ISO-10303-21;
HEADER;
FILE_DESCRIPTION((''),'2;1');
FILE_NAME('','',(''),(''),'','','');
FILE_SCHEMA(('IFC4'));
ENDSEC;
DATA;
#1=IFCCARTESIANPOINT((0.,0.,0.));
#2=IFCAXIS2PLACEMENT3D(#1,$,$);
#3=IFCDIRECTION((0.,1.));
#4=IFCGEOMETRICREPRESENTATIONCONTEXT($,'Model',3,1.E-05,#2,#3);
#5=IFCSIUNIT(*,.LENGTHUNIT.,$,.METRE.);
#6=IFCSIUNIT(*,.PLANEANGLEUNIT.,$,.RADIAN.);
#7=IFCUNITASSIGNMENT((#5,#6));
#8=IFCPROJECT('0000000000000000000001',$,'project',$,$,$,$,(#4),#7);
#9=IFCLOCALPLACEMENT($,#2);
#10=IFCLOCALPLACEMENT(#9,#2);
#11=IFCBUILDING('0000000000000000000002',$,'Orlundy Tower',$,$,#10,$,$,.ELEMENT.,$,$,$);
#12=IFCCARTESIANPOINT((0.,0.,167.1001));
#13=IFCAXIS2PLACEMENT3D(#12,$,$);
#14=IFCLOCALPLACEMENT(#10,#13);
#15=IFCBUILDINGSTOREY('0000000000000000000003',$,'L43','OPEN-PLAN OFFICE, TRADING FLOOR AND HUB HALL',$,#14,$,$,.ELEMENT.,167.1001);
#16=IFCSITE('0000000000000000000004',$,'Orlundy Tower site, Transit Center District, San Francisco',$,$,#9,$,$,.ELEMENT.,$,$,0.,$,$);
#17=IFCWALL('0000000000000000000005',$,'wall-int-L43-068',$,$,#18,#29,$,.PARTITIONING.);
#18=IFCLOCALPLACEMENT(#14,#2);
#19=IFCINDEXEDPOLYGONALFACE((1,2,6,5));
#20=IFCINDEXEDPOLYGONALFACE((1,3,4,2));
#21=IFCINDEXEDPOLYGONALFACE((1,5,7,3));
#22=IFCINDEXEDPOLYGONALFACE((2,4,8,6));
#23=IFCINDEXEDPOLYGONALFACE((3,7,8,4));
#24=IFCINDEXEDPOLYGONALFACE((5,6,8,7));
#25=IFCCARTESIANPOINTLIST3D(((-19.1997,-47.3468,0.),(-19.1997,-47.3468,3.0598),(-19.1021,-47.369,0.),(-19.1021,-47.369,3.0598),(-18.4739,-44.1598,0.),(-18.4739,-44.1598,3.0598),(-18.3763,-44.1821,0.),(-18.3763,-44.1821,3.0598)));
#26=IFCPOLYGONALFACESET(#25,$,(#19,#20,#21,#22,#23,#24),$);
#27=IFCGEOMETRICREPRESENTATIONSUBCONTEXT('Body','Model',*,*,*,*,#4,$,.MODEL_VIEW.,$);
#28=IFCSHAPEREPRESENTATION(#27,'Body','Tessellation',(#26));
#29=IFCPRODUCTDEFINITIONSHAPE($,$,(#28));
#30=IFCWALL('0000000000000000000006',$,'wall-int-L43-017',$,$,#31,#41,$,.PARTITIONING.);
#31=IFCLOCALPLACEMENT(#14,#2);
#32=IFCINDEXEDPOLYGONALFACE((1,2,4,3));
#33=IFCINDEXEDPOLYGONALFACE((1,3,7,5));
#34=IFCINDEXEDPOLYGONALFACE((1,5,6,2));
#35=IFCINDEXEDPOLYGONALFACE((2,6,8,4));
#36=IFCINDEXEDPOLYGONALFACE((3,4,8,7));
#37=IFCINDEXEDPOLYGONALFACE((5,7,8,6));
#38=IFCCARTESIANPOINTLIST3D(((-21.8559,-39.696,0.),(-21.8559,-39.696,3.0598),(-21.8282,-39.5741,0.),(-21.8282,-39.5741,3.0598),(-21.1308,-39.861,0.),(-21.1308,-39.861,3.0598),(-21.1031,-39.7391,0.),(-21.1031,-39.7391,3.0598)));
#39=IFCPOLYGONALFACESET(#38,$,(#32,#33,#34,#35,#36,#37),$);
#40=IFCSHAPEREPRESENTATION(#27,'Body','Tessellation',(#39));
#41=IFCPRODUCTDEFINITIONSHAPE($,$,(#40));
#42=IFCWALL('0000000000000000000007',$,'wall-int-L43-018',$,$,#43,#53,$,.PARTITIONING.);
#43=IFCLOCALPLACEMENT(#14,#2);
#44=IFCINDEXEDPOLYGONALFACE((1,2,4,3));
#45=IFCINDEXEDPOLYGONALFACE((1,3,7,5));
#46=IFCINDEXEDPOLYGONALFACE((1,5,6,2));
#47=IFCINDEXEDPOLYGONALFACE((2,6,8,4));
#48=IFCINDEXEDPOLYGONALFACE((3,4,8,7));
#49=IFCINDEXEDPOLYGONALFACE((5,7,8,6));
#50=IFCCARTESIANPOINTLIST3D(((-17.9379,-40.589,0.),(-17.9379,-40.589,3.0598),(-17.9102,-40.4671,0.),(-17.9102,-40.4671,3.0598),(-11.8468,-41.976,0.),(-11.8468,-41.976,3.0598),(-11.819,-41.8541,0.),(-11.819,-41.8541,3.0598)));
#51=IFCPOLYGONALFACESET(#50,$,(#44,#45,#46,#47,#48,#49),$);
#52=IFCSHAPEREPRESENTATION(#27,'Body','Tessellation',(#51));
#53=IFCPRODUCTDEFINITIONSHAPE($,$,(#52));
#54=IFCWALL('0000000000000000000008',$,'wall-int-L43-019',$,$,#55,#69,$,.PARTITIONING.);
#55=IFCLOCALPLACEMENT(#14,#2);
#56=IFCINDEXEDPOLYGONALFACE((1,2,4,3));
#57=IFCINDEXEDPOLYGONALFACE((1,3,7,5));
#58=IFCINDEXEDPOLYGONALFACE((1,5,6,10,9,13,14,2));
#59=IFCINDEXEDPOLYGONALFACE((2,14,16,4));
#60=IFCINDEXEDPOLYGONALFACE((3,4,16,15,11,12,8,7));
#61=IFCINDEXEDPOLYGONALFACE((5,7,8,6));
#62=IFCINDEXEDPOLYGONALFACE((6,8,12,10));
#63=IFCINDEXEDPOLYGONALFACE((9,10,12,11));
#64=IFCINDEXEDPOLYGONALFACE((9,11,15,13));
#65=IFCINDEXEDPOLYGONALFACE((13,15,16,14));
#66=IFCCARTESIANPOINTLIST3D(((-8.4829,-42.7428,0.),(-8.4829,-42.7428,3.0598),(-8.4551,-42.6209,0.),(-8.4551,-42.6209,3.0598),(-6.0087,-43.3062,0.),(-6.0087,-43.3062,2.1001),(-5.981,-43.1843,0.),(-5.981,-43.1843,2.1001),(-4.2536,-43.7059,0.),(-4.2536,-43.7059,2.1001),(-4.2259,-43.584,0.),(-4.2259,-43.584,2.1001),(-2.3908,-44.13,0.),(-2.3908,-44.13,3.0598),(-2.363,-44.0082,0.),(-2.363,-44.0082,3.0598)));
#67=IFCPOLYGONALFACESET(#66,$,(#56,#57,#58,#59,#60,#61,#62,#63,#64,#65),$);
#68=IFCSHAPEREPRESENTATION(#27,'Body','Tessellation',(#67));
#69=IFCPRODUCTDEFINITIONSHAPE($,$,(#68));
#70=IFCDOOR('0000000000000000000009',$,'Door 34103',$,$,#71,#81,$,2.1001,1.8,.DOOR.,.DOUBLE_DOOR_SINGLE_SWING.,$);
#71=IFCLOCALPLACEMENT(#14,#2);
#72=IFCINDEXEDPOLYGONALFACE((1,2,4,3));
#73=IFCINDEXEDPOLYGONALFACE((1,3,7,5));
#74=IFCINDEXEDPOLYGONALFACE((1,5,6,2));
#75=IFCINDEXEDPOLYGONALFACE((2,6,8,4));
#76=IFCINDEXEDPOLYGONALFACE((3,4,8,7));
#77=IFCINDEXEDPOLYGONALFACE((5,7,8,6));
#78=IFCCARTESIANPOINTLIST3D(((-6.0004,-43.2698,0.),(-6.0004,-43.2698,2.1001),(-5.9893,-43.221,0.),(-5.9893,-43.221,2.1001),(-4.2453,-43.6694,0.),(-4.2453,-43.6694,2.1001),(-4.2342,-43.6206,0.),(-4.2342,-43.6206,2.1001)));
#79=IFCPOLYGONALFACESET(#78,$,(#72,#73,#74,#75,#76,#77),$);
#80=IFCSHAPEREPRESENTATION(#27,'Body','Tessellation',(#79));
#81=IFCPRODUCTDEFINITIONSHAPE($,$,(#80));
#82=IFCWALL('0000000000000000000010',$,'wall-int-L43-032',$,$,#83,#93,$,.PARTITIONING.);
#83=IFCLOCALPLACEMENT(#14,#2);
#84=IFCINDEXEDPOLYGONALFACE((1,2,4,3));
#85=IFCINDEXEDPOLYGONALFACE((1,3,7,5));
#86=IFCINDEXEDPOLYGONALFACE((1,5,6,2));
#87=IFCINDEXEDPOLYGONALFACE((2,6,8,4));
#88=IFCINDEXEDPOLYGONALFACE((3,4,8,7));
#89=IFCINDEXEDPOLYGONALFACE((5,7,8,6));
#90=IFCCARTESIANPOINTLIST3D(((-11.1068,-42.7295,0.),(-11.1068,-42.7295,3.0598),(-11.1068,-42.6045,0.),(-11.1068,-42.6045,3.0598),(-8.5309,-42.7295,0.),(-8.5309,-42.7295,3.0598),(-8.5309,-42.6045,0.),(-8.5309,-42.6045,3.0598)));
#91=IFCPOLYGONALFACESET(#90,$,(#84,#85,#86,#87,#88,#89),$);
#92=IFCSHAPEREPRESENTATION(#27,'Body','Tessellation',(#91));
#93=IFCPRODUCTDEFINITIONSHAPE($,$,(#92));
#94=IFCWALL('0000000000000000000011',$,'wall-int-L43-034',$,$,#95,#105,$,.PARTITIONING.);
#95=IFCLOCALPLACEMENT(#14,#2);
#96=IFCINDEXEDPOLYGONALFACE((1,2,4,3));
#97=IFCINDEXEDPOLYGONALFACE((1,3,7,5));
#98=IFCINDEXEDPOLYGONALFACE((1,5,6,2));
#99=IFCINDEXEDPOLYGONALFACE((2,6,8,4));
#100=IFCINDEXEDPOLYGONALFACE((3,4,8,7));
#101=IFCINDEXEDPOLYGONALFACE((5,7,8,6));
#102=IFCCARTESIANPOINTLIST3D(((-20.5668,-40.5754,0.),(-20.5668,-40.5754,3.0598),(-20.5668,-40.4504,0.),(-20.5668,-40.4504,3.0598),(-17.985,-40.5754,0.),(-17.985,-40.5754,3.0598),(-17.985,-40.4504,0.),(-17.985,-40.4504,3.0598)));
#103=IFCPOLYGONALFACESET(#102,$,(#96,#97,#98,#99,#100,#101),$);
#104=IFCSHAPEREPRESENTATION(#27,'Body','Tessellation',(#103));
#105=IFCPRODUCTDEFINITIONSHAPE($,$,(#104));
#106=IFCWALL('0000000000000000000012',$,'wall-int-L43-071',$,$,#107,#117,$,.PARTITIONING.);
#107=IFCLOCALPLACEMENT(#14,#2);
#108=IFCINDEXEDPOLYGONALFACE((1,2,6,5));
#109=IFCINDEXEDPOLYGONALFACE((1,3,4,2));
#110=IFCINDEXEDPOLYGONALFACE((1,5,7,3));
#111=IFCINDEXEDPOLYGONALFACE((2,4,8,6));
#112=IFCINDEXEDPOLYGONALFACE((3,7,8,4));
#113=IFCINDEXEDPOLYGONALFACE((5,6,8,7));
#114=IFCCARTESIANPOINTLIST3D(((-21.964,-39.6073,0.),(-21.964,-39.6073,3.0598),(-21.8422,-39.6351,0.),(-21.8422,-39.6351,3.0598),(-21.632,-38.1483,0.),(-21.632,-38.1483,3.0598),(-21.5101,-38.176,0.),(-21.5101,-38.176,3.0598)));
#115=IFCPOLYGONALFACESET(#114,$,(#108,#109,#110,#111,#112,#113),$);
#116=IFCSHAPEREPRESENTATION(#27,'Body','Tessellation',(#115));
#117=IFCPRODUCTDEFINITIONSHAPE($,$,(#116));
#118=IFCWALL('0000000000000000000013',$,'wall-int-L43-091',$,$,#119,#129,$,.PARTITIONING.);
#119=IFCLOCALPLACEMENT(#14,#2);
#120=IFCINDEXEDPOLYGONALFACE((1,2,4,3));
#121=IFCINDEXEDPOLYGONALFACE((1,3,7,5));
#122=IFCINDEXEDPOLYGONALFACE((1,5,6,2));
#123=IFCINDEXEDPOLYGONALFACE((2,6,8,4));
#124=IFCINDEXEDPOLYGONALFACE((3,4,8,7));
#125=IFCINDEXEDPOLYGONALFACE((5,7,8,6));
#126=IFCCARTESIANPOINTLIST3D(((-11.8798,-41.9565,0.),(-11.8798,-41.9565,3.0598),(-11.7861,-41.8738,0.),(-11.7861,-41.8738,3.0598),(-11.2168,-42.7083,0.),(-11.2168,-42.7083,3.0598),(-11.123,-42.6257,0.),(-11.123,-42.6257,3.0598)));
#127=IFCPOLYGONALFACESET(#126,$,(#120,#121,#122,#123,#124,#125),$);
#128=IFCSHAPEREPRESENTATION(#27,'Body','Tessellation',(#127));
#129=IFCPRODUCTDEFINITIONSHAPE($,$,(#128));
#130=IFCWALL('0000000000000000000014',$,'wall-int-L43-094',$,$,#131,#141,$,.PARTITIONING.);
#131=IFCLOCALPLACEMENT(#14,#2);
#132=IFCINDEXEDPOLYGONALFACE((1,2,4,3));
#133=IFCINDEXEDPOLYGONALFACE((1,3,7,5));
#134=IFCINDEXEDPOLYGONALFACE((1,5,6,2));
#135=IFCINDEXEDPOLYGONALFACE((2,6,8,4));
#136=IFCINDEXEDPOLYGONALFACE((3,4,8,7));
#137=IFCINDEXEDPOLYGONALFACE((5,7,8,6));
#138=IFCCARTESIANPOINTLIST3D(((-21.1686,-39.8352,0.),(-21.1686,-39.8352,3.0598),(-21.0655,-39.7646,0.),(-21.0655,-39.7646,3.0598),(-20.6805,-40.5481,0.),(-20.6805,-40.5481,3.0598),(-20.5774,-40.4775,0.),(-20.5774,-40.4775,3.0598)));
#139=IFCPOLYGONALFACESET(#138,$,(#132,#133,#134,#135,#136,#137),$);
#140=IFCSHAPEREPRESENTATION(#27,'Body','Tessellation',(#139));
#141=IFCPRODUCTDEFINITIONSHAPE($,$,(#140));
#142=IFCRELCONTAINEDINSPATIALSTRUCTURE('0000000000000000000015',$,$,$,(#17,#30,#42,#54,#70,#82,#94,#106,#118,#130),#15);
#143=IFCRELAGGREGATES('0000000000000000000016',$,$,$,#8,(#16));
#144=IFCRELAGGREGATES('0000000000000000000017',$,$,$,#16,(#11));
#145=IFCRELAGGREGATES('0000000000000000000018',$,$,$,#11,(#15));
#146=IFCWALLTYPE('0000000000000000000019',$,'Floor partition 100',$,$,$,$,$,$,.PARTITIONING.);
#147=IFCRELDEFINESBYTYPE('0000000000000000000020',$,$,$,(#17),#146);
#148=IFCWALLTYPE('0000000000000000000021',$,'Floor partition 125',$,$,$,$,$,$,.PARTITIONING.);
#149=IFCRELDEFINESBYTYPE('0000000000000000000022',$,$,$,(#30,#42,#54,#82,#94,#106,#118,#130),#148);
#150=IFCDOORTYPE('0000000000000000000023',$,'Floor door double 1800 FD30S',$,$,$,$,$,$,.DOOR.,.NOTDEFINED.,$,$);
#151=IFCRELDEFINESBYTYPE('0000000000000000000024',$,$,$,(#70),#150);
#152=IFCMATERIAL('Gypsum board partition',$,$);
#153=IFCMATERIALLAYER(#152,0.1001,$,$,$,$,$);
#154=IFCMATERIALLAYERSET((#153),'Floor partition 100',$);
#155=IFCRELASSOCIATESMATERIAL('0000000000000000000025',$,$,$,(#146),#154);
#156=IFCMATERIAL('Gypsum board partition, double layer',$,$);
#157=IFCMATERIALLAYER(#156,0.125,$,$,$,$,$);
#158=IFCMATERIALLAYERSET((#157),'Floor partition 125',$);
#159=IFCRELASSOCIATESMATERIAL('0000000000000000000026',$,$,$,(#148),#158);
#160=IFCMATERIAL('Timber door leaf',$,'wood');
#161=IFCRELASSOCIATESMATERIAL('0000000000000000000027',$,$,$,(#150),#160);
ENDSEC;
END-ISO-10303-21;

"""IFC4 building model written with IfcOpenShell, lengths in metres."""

from ifc_helpers import new_model, si_unit, direction, frame, frame_2d, origin, place, context, subcontext, project, spatial, rectangle, extrude, material, layer, layer_set, type_object, element, fill, save


model = new_model("IFC4")

# Units and contexts
model_context = context("Model", 3, precision=1e-05, world=origin(), true_north=direction((0.0, 1.0)))
body_context = subcontext(model_context, "Body", "Model", "MODEL_VIEW")
ifc_project = project(units=[si_unit("LENGTHUNIT", "METRE"), si_unit("PLANEANGLEUNIT", "RADIAN")], contexts=[model_context])

# Site, building, storey
site_placement = place(None, origin())
site = spatial("IfcSite", under=ifc_project, at=site_placement, Name="Orlundy Tower site, Transit Center District, San Francisco", CompositionType="ELEMENT", RefElevation=0.0)
building_placement = place(site_placement, origin())
building = spatial("IfcBuilding", under=site, at=building_placement, Name="Orlundy Tower", CompositionType="ELEMENT")
storey_placement = place(building_placement, frame((0.0, 0.0, 167.1001)))
storey = spatial("IfcBuildingStorey", under=building, at=storey_placement, Name="L43", Description="OPEN-PLAN OFFICE, TRADING FLOOR AND HUB HALL", CompositionType="ELEMENT", Elevation=167.1001)

# Walls
ifc_material_1 = material(Name="Gypsum board partition")
ifc_layer_1 = layer(ifc_material_1, 0.1001)
ifc_layer_set_1 = layer_set([ifc_layer_1], Name="Floor partition 100")
wall_type_1 = type_object("IfcWallType", Name="Floor partition 100", PredefinedType="PARTITIONING", material=ifc_layer_set_1)
wall_1_placement = place(storey_placement, frame((-19.1509, -47.3579, 0.0), z_axis=(0.0, 0.0, 1.0), x_axis=(0.22206, 0.975033, 0.0)))
element("IfcWall", 1, at=wall_1_placement, inside=storey, type_object=wall_type_1, Name="wall-int-L43-068", PredefinedType="PARTITIONING", context=body_context, shape_type="SweptSolid", body=[
    extrude(rectangle(XDim=3.2686, YDim=0.1001, at=frame_2d((1.6343, 0.0))), origin(), (0.0, 0.0, 1.0), 3.0598),
])
ifc_material_2 = material(Name="Gypsum board partition, double layer")
ifc_layer_2 = layer(ifc_material_2, 0.125)
ifc_layer_set_2 = layer_set([ifc_layer_2], Name="Floor partition 125")
wall_type_2 = type_object("IfcWallType", Name="Floor partition 125", PredefinedType="PARTITIONING", material=ifc_layer_set_2)
wall_2_placement = place(storey_placement, frame((-21.842, -39.635, 0.0), z_axis=(0.0, 0.0, 1.0), x_axis=(0.975062, -0.221933, 0.0)))
element("IfcWall", 2, at=wall_2_placement, inside=storey, type_object=wall_type_2, Name="wall-int-L43-017", PredefinedType="PARTITIONING", context=body_context, shape_type="SweptSolid", body=[
    extrude(rectangle(XDim=0.7437, YDim=0.125, at=frame_2d((0.3718, 0.0))), origin(), (0.0, 0.0, 1.0), 3.0598),
])
wall_3_placement = place(storey_placement, frame((-17.9241, -40.5281, 0.0), z_axis=(0.0, 0.0, 1.0), x_axis=(0.975042, -0.222021, 0.0)))
element("IfcWall", 3, at=wall_3_placement, inside=storey, type_object=wall_type_2, Name="wall-int-L43-018", PredefinedType="PARTITIONING", context=body_context, shape_type="SweptSolid", body=[
    extrude(rectangle(XDim=6.2471, YDim=0.125, at=frame_2d((3.1235, 0.0))), origin(), (0.0, 0.0, 1.0), 3.0598),
])

# Wall, opening, door
wall_4_placement = place(storey_placement, frame((-8.469, -42.6819, 0.0), z_axis=(0.0, 0.0, 1.0), x_axis=(0.975041, -0.222025, 0.0)))
wall_4 = element("IfcWall", 4, at=wall_4_placement, inside=storey, type_object=wall_type_2, Name="wall-int-L43-019", PredefinedType="PARTITIONING", context=body_context, shape_type="SweptSolid", body=[
    extrude(rectangle(XDim=6.248, YDim=0.125, at=frame_2d((3.124, 0.0))), origin(), (0.0, 0.0, 1.0), 3.0598),
])
opening_placement = place(wall_4_placement, frame((2.5376, 0.0, 0.0)))
opening = element("IfcOpeningElement", 5, at=opening_placement, cuts=wall_4, PredefinedType="OPENING", context=body_context, shape_type="SweptSolid", body=[
    extrude(rectangle(XDim=1.8, YDim=2.1001, at=frame_2d((0.8999, 1.05))), frame((0.0, 0.0725, 0.0), z_axis=(0.0, -1.0, 0.0), x_axis=(1.0, 0.0, 0.0)), (0.0, 0.0, 1.0), 0.145),
])
ifc_material_3 = material(Name="Timber door leaf", Category="wood")
door_type = type_object("IfcDoorType", Name="Floor door double 1800 FD30S", OperationType="NOTDEFINED", PredefinedType="DOOR", material=ifc_material_3)
door_placement = place(opening_placement, origin())
door = element("IfcDoor", 6, at=door_placement, inside=storey, type_object=door_type, Name="Door 34103", OperationType="DOUBLE_DOOR_SINGLE_SWING", OverallHeight=2.1001, OverallWidth=1.8, PredefinedType="DOOR", context=body_context, shape_type="SweptSolid", body=[
    extrude(rectangle(XDim=1.8, YDim=2.1001, at=frame_2d((0.8999, 1.05))), frame((0.0, 0.0249, 0.0), z_axis=(0.0, -1.0, 0.0), x_axis=(1.0, 0.0, 0.0)), (0.0, 0.0, 1.0), 0.05),
])
fill(opening, door)

# Walls
wall_5_placement = place(storey_placement, frame((-11.1069, -42.667, 0.0), z_axis=(0.0, 0.0, 1.0), x_axis=(1.0, 0.0, 0.0)))
element("IfcWall", 7, at=wall_5_placement, inside=storey, type_object=wall_type_2, Name="wall-int-L43-032", PredefinedType="PARTITIONING", context=body_context, shape_type="SweptSolid", body=[
    extrude(rectangle(XDim=2.5759, YDim=0.125, at=frame_2d((1.2881, 0.0))), origin(), (0.0, 0.0, 1.0), 3.0598),
])
wall_6_placement = place(storey_placement, frame((-20.5669, -40.5129, 0.0), z_axis=(0.0, 0.0, 1.0), x_axis=(1.0, 0.0, 0.0)))
element("IfcWall", 8, at=wall_6_placement, inside=storey, type_object=wall_type_2, Name="wall-int-L43-034", PredefinedType="PARTITIONING", context=body_context, shape_type="SweptSolid", body=[
    extrude(rectangle(XDim=2.5818, YDim=0.125, at=frame_2d((1.291, 0.0))), origin(), (0.0, 0.0, 1.0), 3.0598),
])
wall_7_placement = place(storey_placement, frame((-21.9031, -39.6211, 0.0), z_axis=(0.0, 0.0, 1.0), x_axis=(0.221903, 0.975069, 0.0)))
element("IfcWall", 9, at=wall_7_placement, inside=storey, type_object=wall_type_2, Name="wall-int-L43-071", PredefinedType="PARTITIONING", context=body_context, shape_type="SweptSolid", body=[
    extrude(rectangle(XDim=1.4963, YDim=0.125, at=frame_2d((0.748, 0.0))), origin(), (0.0, 0.0, 1.0), 3.0598),
])
wall_8_placement = place(storey_placement, frame((-11.1699, -42.667, 0.0), z_axis=(0.0, 0.0, 1.0), x_axis=(-0.661396, 0.750037, 0.0)))
element("IfcWall", 10, at=wall_8_placement, inside=storey, type_object=wall_type_2, Name="wall-int-L43-091", PredefinedType="PARTITIONING", context=body_context, shape_type="SweptSolid", body=[
    extrude(rectangle(XDim=1.0024, YDim=0.125, at=frame_2d((0.5012, 0.0))), origin(), (0.0, 0.0, 1.0), 3.0598),
])
wall_9_placement = place(storey_placement, frame((-20.6289, -40.5129, 0.0), z_axis=(0.0, 0.0, 1.0), x_axis=(-0.564897, 0.825162, 0.0)))
element("IfcWall", 11, at=wall_9_placement, inside=storey, type_object=wall_type_2, Name="wall-int-L43-094", PredefinedType="PARTITIONING", context=body_context, shape_type="SweptSolid", body=[
    extrude(rectangle(XDim=0.864, YDim=0.125, at=frame_2d((0.4321, 0.0))), origin(), (0.0, 0.0, 1.0), 3.0598),
])

save(model, "model.ifc")
